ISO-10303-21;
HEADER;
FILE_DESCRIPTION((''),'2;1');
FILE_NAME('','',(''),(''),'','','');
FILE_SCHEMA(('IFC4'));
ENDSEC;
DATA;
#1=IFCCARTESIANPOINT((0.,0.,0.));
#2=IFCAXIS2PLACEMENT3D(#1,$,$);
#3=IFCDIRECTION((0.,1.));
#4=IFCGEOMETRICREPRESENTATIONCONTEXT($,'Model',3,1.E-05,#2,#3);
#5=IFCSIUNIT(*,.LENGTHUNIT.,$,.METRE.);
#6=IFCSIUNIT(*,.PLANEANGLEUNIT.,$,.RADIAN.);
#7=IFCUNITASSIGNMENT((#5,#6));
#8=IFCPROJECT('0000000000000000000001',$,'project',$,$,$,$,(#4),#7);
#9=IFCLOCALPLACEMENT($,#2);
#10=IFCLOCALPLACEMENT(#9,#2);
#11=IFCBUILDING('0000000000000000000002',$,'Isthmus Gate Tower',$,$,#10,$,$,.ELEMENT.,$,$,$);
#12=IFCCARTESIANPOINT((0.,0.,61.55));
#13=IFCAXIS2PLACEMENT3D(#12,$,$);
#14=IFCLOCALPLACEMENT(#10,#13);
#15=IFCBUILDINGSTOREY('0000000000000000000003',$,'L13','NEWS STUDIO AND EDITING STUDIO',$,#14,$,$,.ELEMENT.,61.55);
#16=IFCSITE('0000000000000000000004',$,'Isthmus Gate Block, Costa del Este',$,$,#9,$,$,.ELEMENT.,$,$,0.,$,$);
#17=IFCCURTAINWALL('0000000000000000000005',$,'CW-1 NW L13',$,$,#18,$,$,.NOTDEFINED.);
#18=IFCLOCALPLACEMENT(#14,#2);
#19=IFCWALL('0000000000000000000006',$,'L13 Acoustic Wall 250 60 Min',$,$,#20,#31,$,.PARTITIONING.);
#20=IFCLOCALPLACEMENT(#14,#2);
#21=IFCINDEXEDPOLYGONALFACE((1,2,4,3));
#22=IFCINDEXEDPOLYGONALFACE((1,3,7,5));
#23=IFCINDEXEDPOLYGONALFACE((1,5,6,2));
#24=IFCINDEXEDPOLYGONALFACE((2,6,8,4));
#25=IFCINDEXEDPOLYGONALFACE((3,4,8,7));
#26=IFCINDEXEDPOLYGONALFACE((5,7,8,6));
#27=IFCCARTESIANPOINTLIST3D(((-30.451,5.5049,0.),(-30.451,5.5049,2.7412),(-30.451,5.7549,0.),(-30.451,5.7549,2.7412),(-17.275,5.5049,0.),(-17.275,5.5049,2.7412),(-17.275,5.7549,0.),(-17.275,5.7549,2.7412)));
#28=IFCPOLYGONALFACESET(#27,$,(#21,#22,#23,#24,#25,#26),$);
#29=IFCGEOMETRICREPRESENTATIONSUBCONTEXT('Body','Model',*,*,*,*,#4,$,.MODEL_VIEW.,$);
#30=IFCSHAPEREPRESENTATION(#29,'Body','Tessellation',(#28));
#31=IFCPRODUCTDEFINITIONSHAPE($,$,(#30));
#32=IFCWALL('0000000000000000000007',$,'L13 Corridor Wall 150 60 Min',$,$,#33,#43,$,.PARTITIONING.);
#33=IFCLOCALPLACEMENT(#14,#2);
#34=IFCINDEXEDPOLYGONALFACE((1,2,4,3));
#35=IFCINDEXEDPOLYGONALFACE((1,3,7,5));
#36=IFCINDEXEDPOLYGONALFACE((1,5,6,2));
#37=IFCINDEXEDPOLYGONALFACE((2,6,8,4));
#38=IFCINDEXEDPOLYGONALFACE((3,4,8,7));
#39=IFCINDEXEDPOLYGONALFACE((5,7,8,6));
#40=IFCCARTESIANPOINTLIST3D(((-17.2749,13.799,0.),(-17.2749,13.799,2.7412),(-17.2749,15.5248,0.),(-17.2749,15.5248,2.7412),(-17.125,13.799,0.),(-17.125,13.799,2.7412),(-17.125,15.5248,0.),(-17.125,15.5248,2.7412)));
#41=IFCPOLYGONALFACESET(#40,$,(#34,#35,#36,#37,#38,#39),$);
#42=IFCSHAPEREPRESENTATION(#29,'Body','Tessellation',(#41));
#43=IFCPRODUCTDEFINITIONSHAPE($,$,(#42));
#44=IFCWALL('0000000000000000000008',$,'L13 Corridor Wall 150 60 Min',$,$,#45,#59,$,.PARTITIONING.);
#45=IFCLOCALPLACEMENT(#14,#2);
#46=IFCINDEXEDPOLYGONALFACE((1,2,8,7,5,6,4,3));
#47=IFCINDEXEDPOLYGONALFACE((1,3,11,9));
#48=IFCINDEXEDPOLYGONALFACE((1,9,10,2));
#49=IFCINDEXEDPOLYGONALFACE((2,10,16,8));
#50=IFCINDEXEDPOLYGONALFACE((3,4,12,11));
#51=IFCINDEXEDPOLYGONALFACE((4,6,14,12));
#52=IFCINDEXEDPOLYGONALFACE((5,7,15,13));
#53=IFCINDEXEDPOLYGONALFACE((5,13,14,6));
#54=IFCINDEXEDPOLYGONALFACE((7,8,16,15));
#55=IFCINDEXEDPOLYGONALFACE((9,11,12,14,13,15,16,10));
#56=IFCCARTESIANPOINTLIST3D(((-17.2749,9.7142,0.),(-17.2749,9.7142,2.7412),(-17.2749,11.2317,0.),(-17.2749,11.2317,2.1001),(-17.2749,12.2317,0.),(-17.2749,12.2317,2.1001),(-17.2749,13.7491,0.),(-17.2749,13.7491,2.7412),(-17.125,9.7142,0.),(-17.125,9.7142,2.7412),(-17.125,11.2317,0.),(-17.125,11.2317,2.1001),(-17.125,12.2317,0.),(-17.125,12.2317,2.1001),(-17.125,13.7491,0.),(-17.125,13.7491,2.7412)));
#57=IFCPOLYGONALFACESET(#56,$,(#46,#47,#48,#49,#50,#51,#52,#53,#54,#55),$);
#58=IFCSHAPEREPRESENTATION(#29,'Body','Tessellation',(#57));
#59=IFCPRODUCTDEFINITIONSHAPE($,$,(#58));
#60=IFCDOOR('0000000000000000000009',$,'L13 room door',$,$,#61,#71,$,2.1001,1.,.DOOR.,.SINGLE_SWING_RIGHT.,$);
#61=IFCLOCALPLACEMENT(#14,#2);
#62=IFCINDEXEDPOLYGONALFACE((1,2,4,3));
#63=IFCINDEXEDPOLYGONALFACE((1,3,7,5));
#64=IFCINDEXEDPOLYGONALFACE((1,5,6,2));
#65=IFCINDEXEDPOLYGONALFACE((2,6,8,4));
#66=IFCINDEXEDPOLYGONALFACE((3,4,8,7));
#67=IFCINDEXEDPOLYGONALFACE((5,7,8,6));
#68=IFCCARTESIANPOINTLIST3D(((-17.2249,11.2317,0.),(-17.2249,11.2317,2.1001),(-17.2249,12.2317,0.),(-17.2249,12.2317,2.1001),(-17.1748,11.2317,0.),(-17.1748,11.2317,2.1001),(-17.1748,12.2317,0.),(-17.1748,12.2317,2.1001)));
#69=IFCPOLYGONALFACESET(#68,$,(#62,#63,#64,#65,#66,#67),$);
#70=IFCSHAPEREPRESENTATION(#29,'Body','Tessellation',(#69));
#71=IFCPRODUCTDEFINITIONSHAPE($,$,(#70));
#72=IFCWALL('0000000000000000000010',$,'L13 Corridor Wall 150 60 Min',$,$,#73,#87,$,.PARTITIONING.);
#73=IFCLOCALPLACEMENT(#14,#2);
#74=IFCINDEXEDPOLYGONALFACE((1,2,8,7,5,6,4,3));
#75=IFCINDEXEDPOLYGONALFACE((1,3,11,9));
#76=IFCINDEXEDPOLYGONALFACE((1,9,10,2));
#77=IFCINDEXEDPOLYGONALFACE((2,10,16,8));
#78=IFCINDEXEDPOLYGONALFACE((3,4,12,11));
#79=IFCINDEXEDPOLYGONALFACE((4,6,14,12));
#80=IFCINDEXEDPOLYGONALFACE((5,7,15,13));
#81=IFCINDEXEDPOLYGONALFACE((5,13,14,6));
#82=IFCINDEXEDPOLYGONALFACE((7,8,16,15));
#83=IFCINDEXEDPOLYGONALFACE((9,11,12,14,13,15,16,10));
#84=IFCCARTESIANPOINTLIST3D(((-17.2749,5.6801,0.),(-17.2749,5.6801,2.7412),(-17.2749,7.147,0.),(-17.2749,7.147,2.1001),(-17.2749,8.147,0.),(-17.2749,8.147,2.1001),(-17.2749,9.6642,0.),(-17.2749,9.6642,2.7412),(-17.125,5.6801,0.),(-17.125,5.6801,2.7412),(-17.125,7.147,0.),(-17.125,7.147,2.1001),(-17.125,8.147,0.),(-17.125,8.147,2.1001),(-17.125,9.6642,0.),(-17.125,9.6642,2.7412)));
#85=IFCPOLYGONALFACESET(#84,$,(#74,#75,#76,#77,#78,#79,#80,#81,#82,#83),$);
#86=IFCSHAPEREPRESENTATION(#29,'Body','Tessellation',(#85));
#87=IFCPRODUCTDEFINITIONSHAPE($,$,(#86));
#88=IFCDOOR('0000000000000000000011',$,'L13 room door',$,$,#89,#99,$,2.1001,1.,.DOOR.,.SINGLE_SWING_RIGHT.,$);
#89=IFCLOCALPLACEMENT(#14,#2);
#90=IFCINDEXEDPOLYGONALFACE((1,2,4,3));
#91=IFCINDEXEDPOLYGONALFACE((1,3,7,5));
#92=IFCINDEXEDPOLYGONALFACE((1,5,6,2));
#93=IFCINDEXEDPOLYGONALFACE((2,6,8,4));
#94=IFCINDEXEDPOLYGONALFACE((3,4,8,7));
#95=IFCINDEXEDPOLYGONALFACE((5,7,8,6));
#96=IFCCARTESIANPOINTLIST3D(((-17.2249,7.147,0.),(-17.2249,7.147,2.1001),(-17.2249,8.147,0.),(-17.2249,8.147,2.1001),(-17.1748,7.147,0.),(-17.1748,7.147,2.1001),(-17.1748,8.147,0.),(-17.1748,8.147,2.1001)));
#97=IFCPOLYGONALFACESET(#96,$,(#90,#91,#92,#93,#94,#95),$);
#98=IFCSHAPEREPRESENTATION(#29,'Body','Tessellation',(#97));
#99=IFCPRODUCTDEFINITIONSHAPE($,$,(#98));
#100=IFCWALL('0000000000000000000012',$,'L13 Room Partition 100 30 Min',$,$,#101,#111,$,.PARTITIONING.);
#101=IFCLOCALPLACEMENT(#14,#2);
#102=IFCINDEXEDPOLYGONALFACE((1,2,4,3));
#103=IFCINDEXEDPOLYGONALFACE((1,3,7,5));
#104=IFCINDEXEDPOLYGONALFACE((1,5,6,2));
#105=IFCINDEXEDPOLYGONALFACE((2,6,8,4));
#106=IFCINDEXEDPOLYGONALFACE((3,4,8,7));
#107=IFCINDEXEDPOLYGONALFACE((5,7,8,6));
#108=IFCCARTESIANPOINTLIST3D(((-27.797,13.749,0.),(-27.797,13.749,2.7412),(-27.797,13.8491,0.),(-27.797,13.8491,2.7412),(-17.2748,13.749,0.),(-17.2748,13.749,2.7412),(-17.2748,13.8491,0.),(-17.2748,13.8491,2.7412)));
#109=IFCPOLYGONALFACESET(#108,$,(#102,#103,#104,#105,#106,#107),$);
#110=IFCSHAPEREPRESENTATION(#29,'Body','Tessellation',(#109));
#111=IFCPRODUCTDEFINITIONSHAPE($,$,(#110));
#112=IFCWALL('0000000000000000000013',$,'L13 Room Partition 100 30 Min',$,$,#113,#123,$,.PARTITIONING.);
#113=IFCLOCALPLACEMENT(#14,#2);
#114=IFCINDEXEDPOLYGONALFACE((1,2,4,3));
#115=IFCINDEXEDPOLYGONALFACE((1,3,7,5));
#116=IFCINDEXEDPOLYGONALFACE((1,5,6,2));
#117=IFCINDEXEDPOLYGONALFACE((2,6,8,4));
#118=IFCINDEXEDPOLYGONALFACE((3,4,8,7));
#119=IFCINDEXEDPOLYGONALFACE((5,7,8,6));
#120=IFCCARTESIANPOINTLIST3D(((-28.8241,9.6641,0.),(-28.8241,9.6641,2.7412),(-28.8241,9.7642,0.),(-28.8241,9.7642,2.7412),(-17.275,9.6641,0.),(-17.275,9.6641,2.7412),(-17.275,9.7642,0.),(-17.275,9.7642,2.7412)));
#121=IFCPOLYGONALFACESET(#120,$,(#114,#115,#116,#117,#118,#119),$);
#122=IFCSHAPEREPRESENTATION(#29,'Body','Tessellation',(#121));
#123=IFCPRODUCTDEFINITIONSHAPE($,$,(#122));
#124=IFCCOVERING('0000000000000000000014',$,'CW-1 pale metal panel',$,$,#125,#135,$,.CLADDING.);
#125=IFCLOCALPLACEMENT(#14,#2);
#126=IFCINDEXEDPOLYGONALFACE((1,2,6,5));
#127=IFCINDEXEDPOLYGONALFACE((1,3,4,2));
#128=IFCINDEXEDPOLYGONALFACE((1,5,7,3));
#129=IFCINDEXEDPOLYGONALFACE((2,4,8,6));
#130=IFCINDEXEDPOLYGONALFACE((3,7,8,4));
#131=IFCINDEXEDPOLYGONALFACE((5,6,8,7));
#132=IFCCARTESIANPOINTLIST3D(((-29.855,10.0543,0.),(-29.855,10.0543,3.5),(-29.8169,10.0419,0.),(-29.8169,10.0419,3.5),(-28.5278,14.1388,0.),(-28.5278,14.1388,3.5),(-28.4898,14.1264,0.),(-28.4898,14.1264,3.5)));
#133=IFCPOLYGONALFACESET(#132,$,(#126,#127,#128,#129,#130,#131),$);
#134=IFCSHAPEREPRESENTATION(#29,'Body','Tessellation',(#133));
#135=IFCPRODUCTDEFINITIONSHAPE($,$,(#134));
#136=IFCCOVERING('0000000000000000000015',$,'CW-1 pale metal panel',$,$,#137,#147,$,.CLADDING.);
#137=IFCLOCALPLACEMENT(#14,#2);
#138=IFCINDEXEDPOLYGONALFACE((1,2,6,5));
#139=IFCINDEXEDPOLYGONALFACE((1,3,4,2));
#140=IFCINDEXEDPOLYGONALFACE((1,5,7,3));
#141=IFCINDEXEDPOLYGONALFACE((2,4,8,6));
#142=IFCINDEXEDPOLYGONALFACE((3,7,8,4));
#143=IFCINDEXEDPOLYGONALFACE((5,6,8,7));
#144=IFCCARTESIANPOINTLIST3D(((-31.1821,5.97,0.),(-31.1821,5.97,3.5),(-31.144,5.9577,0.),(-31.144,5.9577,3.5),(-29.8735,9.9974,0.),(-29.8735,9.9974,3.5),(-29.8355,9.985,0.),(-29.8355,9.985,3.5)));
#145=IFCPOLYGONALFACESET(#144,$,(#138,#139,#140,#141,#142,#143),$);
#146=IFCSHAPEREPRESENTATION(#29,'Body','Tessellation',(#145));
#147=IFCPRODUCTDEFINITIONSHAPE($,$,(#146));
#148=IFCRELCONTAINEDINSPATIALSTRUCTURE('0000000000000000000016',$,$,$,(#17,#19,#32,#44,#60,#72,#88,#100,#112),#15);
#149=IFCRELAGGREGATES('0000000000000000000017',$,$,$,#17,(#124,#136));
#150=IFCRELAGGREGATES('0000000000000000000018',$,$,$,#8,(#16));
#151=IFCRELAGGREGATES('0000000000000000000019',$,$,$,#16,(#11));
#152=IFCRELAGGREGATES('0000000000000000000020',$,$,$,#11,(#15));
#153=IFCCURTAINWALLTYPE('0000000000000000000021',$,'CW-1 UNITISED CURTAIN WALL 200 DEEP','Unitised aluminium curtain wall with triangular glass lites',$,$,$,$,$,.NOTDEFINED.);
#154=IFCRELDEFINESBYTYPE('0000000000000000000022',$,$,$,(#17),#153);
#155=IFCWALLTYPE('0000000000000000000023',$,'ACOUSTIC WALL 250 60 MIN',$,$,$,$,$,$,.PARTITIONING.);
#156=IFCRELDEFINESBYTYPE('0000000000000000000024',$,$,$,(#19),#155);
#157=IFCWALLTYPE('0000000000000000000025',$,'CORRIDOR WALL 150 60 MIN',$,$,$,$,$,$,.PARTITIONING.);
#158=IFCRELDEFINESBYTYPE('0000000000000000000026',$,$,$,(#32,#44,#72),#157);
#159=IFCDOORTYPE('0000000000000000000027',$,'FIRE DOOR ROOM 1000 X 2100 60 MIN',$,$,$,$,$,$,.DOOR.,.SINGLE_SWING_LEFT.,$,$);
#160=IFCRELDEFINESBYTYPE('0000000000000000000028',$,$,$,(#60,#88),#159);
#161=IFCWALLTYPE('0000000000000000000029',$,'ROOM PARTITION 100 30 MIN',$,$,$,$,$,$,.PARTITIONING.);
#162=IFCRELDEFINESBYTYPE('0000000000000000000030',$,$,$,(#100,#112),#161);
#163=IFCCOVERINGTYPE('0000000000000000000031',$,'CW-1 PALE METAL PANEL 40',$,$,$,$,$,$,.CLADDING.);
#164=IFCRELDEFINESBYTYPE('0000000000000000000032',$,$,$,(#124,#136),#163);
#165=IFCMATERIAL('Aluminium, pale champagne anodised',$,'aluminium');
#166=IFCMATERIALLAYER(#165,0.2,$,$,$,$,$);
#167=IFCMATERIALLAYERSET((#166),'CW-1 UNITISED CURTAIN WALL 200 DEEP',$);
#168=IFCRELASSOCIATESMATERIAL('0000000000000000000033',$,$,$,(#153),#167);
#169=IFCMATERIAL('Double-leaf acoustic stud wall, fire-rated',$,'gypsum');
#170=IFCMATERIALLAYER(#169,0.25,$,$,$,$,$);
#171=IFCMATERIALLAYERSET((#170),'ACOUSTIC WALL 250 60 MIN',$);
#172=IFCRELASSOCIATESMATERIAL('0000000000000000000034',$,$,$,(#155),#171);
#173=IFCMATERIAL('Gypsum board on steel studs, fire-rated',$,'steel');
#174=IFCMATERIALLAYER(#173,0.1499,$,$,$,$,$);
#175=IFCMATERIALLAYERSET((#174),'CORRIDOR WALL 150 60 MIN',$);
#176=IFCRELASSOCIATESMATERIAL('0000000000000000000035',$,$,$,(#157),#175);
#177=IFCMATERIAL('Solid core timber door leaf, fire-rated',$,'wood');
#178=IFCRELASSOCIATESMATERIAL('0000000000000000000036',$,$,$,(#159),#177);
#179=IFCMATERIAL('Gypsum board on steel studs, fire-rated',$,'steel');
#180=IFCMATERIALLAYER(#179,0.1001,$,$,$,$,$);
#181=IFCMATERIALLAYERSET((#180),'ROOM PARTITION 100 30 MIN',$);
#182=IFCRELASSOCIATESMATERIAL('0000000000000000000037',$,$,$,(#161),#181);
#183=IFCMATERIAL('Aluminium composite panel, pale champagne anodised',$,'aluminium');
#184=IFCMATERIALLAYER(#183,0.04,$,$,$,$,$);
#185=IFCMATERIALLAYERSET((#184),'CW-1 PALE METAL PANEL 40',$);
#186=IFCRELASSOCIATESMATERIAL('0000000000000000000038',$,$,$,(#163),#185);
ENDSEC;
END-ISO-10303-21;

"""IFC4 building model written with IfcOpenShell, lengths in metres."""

from ifc_helpers import new_model, si_unit, direction, frame, frame_2d, origin, origin_2d, place, context, subcontext, project, spatial, rectangle, extrude, material, layer, layer_set, type_object, element, fill, aggregate, save


model = new_model("IFC4")

# Units and contexts
model_context = context("Model", 3, precision=1e-05, world=origin(), true_north=direction((0.0, 1.0)))
body_context = subcontext(model_context, "Body", "Model", "MODEL_VIEW")
ifc_project = project(units=[si_unit("LENGTHUNIT", "METRE"), si_unit("PLANEANGLEUNIT", "RADIAN")], contexts=[model_context])

# Site, building, storey
site_placement = place(None, origin())
site = spatial("IfcSite", under=ifc_project, at=site_placement, Name="Isthmus Gate Block, Costa del Este", CompositionType="ELEMENT", RefElevation=0.0)
building_placement = place(site_placement, origin())
building = spatial("IfcBuilding", under=site, at=building_placement, Name="Isthmus Gate Tower", CompositionType="ELEMENT")
storey_placement = place(building_placement, frame((0.0, 0.0, 61.55)))
storey = spatial("IfcBuildingStorey", under=building, at=storey_placement, Name="L13", Description="NEWS STUDIO AND EDITING STUDIO", CompositionType="ELEMENT", Elevation=61.55)

# Curtain wall
ifc_material_1 = material(Name="Aluminium, pale champagne anodised", Category="aluminium")
ifc_layer_1 = layer(ifc_material_1, 0.2)
ifc_layer_set_1 = layer_set([ifc_layer_1], Name="CW-1 UNITISED CURTAIN WALL 200 DEEP")
curtain_wall_type = type_object("IfcCurtainWallType", Name="CW-1 UNITISED CURTAIN WALL 200 DEEP", Description="Unitised aluminium curtain wall with triangular glass lites", PredefinedType="NOTDEFINED", material=ifc_layer_set_1)
curtain_wall_placement = place(storey_placement, origin())
curtain_wall = element("IfcCurtainWall", 1, at=curtain_wall_placement, inside=storey, type_object=curtain_wall_type, Name="CW-1 NW L13", PredefinedType="NOTDEFINED")

# Walls
ifc_material_2 = material(Name="Double-leaf acoustic stud wall, fire-rated", Category="gypsum")
ifc_layer_2 = layer(ifc_material_2, 0.25)
ifc_layer_set_2 = layer_set([ifc_layer_2], Name="ACOUSTIC WALL 250 60 MIN")
wall_type_1 = type_object("IfcWallType", Name="ACOUSTIC WALL 250 60 MIN", PredefinedType="PARTITIONING", material=ifc_layer_set_2)
wall_1_placement = place(storey_placement, frame((-30.4509, 5.6299, 0.0), z_axis=(0.0, 0.0, 1.0), x_axis=(1.0, 0.0, 0.0)))
element("IfcWall", 2, at=wall_1_placement, inside=storey, type_object=wall_type_1, Name="L13 Acoustic Wall 250 60 Min", PredefinedType="PARTITIONING", context=body_context, shape_type="SweptSolid", body=[
    extrude(rectangle(XDim=13.176, YDim=0.25, at=frame_2d((6.5879, 0.0))), origin(), (0.0, 0.0, 1.0), 2.7412),
])
ifc_material_3 = material(Name="Gypsum board on steel studs, fire-rated", Category="steel")
ifc_layer_3 = layer(ifc_material_3, 0.1499)
ifc_layer_set_3 = layer_set([ifc_layer_3], Name="CORRIDOR WALL 150 60 MIN")
wall_type_2 = type_object("IfcWallType", Name="CORRIDOR WALL 150 60 MIN", PredefinedType="PARTITIONING", material=ifc_layer_set_3)
wall_2_placement = place(storey_placement, frame((-17.2, 13.7991, 0.0), z_axis=(0.0, 0.0, 1.0), x_axis=(0.0, 1.0, 0.0)))
element("IfcWall", 3, at=wall_2_placement, inside=storey, type_object=wall_type_2, Name="L13 Corridor Wall 150 60 Min", PredefinedType="PARTITIONING", context=body_context, shape_type="SweptSolid", body=[
    extrude(rectangle(XDim=1.7258, YDim=0.1499, at=frame_2d((0.8628, 0.0))), origin(), (0.0, 0.0, 1.0), 2.7412),
])

# Walls, openings, doors
wall_3_placement = place(storey_placement, frame((-17.2, 9.7141, 0.0), z_axis=(0.0, 0.0, 1.0), x_axis=(0.0, 1.0, 0.0)))
wall_3 = element("IfcWall", 4, at=wall_3_placement, inside=storey, type_object=wall_type_2, Name="L13 Corridor Wall 150 60 Min", PredefinedType="PARTITIONING", context=body_context, shape_type="SweptSolid", body=[
    extrude(rectangle(XDim=4.0349, YDim=0.1499, at=frame_2d((2.0176, 0.0))), origin(), (0.0, 0.0, 1.0), 2.7412),
])
opening_1_placement = place(wall_3_placement, frame((1.5176, 0.0, 0.0)))
opening_1 = element("IfcOpeningElement", 5, at=opening_1_placement, cuts=wall_3, PredefinedType="OPENING", context=body_context, shape_type="SweptSolid", body=[
    extrude(rectangle(XDim=1.0, YDim=2.1001, at=frame_2d((0.5, 1.05))), frame((0.0, 0.085, 0.0), z_axis=(0.0, -1.0, 0.0), x_axis=(1.0, 0.0, 0.0)), (0.0, 0.0, 1.0), 0.1699),
])
ifc_material_4 = material(Name="Solid core timber door leaf, fire-rated", Category="wood")
door_type = type_object("IfcDoorType", Name="FIRE DOOR ROOM 1000 X 2100 60 MIN", OperationType="SINGLE_SWING_LEFT", PredefinedType="DOOR", material=ifc_material_4)
door_1_placement = place(opening_1_placement, origin())
door_1 = element("IfcDoor", 6, at=door_1_placement, inside=storey, type_object=door_type, Name="L13 room door", OperationType="SINGLE_SWING_RIGHT", OverallHeight=2.1001, OverallWidth=1.0, PredefinedType="DOOR", context=body_context, shape_type="SweptSolid", body=[
    extrude(rectangle(XDim=1.0, YDim=2.1001, at=frame_2d((0.5, 1.05))), frame((0.0, 0.0249, 0.0), z_axis=(0.0, -1.0, 0.0), x_axis=(1.0, 0.0, 0.0)), (0.0, 0.0, 1.0), 0.05),
])
fill(opening_1, door_1)
wall_4_placement = place(storey_placement, frame((-17.2, 5.6799, 0.0), z_axis=(0.0, 0.0, 1.0), x_axis=(0.0, 1.0, 0.0)))
wall_4 = element("IfcWall", 7, at=wall_4_placement, inside=storey, type_object=wall_type_2, Name="L13 Corridor Wall 150 60 Min", PredefinedType="PARTITIONING", context=body_context, shape_type="SweptSolid", body=[
    extrude(rectangle(XDim=3.9841, YDim=0.1499, at=frame_2d((1.9922, 0.0))), origin(), (0.0, 0.0, 1.0), 2.7412),
])
opening_2_placement = place(wall_4_placement, frame((1.467, 0.0, 0.0)))
opening_2 = element("IfcOpeningElement", 8, at=opening_2_placement, cuts=wall_4, PredefinedType="OPENING", context=body_context, shape_type="SweptSolid", body=[
    extrude(rectangle(XDim=1.0, YDim=2.1001, at=frame_2d((0.5, 1.05))), frame((0.0, 0.085, 0.0), z_axis=(0.0, -1.0, 0.0), x_axis=(1.0, 0.0, 0.0)), (0.0, 0.0, 1.0), 0.1699),
])
door_2_placement = place(opening_2_placement, origin())
door_2 = element("IfcDoor", 9, at=door_2_placement, inside=storey, type_object=door_type, Name="L13 room door", OperationType="SINGLE_SWING_RIGHT", OverallHeight=2.1001, OverallWidth=1.0, PredefinedType="DOOR", context=body_context, shape_type="SweptSolid", body=[
    extrude(rectangle(XDim=1.0, YDim=2.1001, at=frame_2d((0.5, 1.05))), frame((0.0, 0.0249, 0.0), z_axis=(0.0, -1.0, 0.0), x_axis=(1.0, 0.0, 0.0)), (0.0, 0.0, 1.0), 0.05),
])
fill(opening_2, door_2)

# Walls
ifc_material_5 = material(Name="Gypsum board on steel studs, fire-rated", Category="steel")
ifc_layer_4 = layer(ifc_material_5, 0.1001)
ifc_layer_set_4 = layer_set([ifc_layer_4], Name="ROOM PARTITION 100 30 MIN")
wall_type_3 = type_object("IfcWallType", Name="ROOM PARTITION 100 30 MIN", PredefinedType="PARTITIONING", material=ifc_layer_set_4)
wall_5_placement = place(storey_placement, frame((-27.7971, 13.7991, 0.0), z_axis=(0.0, 0.0, 1.0), x_axis=(1.0, 0.0, 0.0)))
element("IfcWall", 10, at=wall_5_placement, inside=storey, type_object=wall_type_3, Name="L13 Room Partition 100 30 Min", PredefinedType="PARTITIONING", context=body_context, shape_type="SweptSolid", body=[
    extrude(rectangle(XDim=10.5222, YDim=0.1001, at=frame_2d((5.2612, 0.0))), origin(), (0.0, 0.0, 1.0), 2.7412),
])
wall_6_placement = place(storey_placement, frame((-28.824, 9.7141, 0.0), z_axis=(0.0, 0.0, 1.0), x_axis=(1.0, 0.0, 0.0)))
element("IfcWall", 11, at=wall_6_placement, inside=storey, type_object=wall_type_3, Name="L13 Room Partition 100 30 Min", PredefinedType="PARTITIONING", context=body_context, shape_type="SweptSolid", body=[
    extrude(rectangle(XDim=11.5491, YDim=0.1001, at=frame_2d((5.7744, 0.0))), origin(), (0.0, 0.0, 1.0), 2.7412),
])

# Coverings
ifc_material_6 = material(Name="Aluminium composite panel, pale champagne anodised", Category="aluminium")
ifc_layer_5 = layer(ifc_material_6, 0.04)
ifc_layer_set_5 = layer_set([ifc_layer_5], Name="CW-1 PALE METAL PANEL 40")
covering_type = type_object("IfcCoveringType", Name="CW-1 PALE METAL PANEL 40", PredefinedType="CLADDING", material=ifc_layer_set_5)
covering_1_placement = place(storey_placement, frame((-29.1724, 12.0903, 0.0), z_axis=(0.0, 0.0, 1.0), x_axis=(-0.309017, -0.951057, 0.0)))
covering_1 = element("IfcCovering", 12, at=covering_1_placement, type_object=covering_type, Name="CW-1 pale metal panel", PredefinedType="CLADDING", context=body_context, shape_type="SweptSolid", body=[
    extrude(rectangle(XDim=4.2947, YDim=0.04, at=origin_2d()), origin(), (0.0, 0.0, 1.0), 3.5),
])
covering_2_placement = place(storey_placement, frame((-30.5088, 7.9775, 0.0), z_axis=(0.0, 0.0, 1.0), x_axis=(-0.309017, -0.951057, 0.0)))
covering_2 = element("IfcCovering", 13, at=covering_2_placement, type_object=covering_type, Name="CW-1 pale metal panel", PredefinedType="CLADDING", context=body_context, shape_type="SweptSolid", body=[
    extrude(rectangle(XDim=4.2346, YDim=0.04, at=origin_2d()), origin(), (0.0, 0.0, 1.0), 3.5),
])
aggregate(curtain_wall, [covering_1, covering_2])

save(model, "model.ifc")
